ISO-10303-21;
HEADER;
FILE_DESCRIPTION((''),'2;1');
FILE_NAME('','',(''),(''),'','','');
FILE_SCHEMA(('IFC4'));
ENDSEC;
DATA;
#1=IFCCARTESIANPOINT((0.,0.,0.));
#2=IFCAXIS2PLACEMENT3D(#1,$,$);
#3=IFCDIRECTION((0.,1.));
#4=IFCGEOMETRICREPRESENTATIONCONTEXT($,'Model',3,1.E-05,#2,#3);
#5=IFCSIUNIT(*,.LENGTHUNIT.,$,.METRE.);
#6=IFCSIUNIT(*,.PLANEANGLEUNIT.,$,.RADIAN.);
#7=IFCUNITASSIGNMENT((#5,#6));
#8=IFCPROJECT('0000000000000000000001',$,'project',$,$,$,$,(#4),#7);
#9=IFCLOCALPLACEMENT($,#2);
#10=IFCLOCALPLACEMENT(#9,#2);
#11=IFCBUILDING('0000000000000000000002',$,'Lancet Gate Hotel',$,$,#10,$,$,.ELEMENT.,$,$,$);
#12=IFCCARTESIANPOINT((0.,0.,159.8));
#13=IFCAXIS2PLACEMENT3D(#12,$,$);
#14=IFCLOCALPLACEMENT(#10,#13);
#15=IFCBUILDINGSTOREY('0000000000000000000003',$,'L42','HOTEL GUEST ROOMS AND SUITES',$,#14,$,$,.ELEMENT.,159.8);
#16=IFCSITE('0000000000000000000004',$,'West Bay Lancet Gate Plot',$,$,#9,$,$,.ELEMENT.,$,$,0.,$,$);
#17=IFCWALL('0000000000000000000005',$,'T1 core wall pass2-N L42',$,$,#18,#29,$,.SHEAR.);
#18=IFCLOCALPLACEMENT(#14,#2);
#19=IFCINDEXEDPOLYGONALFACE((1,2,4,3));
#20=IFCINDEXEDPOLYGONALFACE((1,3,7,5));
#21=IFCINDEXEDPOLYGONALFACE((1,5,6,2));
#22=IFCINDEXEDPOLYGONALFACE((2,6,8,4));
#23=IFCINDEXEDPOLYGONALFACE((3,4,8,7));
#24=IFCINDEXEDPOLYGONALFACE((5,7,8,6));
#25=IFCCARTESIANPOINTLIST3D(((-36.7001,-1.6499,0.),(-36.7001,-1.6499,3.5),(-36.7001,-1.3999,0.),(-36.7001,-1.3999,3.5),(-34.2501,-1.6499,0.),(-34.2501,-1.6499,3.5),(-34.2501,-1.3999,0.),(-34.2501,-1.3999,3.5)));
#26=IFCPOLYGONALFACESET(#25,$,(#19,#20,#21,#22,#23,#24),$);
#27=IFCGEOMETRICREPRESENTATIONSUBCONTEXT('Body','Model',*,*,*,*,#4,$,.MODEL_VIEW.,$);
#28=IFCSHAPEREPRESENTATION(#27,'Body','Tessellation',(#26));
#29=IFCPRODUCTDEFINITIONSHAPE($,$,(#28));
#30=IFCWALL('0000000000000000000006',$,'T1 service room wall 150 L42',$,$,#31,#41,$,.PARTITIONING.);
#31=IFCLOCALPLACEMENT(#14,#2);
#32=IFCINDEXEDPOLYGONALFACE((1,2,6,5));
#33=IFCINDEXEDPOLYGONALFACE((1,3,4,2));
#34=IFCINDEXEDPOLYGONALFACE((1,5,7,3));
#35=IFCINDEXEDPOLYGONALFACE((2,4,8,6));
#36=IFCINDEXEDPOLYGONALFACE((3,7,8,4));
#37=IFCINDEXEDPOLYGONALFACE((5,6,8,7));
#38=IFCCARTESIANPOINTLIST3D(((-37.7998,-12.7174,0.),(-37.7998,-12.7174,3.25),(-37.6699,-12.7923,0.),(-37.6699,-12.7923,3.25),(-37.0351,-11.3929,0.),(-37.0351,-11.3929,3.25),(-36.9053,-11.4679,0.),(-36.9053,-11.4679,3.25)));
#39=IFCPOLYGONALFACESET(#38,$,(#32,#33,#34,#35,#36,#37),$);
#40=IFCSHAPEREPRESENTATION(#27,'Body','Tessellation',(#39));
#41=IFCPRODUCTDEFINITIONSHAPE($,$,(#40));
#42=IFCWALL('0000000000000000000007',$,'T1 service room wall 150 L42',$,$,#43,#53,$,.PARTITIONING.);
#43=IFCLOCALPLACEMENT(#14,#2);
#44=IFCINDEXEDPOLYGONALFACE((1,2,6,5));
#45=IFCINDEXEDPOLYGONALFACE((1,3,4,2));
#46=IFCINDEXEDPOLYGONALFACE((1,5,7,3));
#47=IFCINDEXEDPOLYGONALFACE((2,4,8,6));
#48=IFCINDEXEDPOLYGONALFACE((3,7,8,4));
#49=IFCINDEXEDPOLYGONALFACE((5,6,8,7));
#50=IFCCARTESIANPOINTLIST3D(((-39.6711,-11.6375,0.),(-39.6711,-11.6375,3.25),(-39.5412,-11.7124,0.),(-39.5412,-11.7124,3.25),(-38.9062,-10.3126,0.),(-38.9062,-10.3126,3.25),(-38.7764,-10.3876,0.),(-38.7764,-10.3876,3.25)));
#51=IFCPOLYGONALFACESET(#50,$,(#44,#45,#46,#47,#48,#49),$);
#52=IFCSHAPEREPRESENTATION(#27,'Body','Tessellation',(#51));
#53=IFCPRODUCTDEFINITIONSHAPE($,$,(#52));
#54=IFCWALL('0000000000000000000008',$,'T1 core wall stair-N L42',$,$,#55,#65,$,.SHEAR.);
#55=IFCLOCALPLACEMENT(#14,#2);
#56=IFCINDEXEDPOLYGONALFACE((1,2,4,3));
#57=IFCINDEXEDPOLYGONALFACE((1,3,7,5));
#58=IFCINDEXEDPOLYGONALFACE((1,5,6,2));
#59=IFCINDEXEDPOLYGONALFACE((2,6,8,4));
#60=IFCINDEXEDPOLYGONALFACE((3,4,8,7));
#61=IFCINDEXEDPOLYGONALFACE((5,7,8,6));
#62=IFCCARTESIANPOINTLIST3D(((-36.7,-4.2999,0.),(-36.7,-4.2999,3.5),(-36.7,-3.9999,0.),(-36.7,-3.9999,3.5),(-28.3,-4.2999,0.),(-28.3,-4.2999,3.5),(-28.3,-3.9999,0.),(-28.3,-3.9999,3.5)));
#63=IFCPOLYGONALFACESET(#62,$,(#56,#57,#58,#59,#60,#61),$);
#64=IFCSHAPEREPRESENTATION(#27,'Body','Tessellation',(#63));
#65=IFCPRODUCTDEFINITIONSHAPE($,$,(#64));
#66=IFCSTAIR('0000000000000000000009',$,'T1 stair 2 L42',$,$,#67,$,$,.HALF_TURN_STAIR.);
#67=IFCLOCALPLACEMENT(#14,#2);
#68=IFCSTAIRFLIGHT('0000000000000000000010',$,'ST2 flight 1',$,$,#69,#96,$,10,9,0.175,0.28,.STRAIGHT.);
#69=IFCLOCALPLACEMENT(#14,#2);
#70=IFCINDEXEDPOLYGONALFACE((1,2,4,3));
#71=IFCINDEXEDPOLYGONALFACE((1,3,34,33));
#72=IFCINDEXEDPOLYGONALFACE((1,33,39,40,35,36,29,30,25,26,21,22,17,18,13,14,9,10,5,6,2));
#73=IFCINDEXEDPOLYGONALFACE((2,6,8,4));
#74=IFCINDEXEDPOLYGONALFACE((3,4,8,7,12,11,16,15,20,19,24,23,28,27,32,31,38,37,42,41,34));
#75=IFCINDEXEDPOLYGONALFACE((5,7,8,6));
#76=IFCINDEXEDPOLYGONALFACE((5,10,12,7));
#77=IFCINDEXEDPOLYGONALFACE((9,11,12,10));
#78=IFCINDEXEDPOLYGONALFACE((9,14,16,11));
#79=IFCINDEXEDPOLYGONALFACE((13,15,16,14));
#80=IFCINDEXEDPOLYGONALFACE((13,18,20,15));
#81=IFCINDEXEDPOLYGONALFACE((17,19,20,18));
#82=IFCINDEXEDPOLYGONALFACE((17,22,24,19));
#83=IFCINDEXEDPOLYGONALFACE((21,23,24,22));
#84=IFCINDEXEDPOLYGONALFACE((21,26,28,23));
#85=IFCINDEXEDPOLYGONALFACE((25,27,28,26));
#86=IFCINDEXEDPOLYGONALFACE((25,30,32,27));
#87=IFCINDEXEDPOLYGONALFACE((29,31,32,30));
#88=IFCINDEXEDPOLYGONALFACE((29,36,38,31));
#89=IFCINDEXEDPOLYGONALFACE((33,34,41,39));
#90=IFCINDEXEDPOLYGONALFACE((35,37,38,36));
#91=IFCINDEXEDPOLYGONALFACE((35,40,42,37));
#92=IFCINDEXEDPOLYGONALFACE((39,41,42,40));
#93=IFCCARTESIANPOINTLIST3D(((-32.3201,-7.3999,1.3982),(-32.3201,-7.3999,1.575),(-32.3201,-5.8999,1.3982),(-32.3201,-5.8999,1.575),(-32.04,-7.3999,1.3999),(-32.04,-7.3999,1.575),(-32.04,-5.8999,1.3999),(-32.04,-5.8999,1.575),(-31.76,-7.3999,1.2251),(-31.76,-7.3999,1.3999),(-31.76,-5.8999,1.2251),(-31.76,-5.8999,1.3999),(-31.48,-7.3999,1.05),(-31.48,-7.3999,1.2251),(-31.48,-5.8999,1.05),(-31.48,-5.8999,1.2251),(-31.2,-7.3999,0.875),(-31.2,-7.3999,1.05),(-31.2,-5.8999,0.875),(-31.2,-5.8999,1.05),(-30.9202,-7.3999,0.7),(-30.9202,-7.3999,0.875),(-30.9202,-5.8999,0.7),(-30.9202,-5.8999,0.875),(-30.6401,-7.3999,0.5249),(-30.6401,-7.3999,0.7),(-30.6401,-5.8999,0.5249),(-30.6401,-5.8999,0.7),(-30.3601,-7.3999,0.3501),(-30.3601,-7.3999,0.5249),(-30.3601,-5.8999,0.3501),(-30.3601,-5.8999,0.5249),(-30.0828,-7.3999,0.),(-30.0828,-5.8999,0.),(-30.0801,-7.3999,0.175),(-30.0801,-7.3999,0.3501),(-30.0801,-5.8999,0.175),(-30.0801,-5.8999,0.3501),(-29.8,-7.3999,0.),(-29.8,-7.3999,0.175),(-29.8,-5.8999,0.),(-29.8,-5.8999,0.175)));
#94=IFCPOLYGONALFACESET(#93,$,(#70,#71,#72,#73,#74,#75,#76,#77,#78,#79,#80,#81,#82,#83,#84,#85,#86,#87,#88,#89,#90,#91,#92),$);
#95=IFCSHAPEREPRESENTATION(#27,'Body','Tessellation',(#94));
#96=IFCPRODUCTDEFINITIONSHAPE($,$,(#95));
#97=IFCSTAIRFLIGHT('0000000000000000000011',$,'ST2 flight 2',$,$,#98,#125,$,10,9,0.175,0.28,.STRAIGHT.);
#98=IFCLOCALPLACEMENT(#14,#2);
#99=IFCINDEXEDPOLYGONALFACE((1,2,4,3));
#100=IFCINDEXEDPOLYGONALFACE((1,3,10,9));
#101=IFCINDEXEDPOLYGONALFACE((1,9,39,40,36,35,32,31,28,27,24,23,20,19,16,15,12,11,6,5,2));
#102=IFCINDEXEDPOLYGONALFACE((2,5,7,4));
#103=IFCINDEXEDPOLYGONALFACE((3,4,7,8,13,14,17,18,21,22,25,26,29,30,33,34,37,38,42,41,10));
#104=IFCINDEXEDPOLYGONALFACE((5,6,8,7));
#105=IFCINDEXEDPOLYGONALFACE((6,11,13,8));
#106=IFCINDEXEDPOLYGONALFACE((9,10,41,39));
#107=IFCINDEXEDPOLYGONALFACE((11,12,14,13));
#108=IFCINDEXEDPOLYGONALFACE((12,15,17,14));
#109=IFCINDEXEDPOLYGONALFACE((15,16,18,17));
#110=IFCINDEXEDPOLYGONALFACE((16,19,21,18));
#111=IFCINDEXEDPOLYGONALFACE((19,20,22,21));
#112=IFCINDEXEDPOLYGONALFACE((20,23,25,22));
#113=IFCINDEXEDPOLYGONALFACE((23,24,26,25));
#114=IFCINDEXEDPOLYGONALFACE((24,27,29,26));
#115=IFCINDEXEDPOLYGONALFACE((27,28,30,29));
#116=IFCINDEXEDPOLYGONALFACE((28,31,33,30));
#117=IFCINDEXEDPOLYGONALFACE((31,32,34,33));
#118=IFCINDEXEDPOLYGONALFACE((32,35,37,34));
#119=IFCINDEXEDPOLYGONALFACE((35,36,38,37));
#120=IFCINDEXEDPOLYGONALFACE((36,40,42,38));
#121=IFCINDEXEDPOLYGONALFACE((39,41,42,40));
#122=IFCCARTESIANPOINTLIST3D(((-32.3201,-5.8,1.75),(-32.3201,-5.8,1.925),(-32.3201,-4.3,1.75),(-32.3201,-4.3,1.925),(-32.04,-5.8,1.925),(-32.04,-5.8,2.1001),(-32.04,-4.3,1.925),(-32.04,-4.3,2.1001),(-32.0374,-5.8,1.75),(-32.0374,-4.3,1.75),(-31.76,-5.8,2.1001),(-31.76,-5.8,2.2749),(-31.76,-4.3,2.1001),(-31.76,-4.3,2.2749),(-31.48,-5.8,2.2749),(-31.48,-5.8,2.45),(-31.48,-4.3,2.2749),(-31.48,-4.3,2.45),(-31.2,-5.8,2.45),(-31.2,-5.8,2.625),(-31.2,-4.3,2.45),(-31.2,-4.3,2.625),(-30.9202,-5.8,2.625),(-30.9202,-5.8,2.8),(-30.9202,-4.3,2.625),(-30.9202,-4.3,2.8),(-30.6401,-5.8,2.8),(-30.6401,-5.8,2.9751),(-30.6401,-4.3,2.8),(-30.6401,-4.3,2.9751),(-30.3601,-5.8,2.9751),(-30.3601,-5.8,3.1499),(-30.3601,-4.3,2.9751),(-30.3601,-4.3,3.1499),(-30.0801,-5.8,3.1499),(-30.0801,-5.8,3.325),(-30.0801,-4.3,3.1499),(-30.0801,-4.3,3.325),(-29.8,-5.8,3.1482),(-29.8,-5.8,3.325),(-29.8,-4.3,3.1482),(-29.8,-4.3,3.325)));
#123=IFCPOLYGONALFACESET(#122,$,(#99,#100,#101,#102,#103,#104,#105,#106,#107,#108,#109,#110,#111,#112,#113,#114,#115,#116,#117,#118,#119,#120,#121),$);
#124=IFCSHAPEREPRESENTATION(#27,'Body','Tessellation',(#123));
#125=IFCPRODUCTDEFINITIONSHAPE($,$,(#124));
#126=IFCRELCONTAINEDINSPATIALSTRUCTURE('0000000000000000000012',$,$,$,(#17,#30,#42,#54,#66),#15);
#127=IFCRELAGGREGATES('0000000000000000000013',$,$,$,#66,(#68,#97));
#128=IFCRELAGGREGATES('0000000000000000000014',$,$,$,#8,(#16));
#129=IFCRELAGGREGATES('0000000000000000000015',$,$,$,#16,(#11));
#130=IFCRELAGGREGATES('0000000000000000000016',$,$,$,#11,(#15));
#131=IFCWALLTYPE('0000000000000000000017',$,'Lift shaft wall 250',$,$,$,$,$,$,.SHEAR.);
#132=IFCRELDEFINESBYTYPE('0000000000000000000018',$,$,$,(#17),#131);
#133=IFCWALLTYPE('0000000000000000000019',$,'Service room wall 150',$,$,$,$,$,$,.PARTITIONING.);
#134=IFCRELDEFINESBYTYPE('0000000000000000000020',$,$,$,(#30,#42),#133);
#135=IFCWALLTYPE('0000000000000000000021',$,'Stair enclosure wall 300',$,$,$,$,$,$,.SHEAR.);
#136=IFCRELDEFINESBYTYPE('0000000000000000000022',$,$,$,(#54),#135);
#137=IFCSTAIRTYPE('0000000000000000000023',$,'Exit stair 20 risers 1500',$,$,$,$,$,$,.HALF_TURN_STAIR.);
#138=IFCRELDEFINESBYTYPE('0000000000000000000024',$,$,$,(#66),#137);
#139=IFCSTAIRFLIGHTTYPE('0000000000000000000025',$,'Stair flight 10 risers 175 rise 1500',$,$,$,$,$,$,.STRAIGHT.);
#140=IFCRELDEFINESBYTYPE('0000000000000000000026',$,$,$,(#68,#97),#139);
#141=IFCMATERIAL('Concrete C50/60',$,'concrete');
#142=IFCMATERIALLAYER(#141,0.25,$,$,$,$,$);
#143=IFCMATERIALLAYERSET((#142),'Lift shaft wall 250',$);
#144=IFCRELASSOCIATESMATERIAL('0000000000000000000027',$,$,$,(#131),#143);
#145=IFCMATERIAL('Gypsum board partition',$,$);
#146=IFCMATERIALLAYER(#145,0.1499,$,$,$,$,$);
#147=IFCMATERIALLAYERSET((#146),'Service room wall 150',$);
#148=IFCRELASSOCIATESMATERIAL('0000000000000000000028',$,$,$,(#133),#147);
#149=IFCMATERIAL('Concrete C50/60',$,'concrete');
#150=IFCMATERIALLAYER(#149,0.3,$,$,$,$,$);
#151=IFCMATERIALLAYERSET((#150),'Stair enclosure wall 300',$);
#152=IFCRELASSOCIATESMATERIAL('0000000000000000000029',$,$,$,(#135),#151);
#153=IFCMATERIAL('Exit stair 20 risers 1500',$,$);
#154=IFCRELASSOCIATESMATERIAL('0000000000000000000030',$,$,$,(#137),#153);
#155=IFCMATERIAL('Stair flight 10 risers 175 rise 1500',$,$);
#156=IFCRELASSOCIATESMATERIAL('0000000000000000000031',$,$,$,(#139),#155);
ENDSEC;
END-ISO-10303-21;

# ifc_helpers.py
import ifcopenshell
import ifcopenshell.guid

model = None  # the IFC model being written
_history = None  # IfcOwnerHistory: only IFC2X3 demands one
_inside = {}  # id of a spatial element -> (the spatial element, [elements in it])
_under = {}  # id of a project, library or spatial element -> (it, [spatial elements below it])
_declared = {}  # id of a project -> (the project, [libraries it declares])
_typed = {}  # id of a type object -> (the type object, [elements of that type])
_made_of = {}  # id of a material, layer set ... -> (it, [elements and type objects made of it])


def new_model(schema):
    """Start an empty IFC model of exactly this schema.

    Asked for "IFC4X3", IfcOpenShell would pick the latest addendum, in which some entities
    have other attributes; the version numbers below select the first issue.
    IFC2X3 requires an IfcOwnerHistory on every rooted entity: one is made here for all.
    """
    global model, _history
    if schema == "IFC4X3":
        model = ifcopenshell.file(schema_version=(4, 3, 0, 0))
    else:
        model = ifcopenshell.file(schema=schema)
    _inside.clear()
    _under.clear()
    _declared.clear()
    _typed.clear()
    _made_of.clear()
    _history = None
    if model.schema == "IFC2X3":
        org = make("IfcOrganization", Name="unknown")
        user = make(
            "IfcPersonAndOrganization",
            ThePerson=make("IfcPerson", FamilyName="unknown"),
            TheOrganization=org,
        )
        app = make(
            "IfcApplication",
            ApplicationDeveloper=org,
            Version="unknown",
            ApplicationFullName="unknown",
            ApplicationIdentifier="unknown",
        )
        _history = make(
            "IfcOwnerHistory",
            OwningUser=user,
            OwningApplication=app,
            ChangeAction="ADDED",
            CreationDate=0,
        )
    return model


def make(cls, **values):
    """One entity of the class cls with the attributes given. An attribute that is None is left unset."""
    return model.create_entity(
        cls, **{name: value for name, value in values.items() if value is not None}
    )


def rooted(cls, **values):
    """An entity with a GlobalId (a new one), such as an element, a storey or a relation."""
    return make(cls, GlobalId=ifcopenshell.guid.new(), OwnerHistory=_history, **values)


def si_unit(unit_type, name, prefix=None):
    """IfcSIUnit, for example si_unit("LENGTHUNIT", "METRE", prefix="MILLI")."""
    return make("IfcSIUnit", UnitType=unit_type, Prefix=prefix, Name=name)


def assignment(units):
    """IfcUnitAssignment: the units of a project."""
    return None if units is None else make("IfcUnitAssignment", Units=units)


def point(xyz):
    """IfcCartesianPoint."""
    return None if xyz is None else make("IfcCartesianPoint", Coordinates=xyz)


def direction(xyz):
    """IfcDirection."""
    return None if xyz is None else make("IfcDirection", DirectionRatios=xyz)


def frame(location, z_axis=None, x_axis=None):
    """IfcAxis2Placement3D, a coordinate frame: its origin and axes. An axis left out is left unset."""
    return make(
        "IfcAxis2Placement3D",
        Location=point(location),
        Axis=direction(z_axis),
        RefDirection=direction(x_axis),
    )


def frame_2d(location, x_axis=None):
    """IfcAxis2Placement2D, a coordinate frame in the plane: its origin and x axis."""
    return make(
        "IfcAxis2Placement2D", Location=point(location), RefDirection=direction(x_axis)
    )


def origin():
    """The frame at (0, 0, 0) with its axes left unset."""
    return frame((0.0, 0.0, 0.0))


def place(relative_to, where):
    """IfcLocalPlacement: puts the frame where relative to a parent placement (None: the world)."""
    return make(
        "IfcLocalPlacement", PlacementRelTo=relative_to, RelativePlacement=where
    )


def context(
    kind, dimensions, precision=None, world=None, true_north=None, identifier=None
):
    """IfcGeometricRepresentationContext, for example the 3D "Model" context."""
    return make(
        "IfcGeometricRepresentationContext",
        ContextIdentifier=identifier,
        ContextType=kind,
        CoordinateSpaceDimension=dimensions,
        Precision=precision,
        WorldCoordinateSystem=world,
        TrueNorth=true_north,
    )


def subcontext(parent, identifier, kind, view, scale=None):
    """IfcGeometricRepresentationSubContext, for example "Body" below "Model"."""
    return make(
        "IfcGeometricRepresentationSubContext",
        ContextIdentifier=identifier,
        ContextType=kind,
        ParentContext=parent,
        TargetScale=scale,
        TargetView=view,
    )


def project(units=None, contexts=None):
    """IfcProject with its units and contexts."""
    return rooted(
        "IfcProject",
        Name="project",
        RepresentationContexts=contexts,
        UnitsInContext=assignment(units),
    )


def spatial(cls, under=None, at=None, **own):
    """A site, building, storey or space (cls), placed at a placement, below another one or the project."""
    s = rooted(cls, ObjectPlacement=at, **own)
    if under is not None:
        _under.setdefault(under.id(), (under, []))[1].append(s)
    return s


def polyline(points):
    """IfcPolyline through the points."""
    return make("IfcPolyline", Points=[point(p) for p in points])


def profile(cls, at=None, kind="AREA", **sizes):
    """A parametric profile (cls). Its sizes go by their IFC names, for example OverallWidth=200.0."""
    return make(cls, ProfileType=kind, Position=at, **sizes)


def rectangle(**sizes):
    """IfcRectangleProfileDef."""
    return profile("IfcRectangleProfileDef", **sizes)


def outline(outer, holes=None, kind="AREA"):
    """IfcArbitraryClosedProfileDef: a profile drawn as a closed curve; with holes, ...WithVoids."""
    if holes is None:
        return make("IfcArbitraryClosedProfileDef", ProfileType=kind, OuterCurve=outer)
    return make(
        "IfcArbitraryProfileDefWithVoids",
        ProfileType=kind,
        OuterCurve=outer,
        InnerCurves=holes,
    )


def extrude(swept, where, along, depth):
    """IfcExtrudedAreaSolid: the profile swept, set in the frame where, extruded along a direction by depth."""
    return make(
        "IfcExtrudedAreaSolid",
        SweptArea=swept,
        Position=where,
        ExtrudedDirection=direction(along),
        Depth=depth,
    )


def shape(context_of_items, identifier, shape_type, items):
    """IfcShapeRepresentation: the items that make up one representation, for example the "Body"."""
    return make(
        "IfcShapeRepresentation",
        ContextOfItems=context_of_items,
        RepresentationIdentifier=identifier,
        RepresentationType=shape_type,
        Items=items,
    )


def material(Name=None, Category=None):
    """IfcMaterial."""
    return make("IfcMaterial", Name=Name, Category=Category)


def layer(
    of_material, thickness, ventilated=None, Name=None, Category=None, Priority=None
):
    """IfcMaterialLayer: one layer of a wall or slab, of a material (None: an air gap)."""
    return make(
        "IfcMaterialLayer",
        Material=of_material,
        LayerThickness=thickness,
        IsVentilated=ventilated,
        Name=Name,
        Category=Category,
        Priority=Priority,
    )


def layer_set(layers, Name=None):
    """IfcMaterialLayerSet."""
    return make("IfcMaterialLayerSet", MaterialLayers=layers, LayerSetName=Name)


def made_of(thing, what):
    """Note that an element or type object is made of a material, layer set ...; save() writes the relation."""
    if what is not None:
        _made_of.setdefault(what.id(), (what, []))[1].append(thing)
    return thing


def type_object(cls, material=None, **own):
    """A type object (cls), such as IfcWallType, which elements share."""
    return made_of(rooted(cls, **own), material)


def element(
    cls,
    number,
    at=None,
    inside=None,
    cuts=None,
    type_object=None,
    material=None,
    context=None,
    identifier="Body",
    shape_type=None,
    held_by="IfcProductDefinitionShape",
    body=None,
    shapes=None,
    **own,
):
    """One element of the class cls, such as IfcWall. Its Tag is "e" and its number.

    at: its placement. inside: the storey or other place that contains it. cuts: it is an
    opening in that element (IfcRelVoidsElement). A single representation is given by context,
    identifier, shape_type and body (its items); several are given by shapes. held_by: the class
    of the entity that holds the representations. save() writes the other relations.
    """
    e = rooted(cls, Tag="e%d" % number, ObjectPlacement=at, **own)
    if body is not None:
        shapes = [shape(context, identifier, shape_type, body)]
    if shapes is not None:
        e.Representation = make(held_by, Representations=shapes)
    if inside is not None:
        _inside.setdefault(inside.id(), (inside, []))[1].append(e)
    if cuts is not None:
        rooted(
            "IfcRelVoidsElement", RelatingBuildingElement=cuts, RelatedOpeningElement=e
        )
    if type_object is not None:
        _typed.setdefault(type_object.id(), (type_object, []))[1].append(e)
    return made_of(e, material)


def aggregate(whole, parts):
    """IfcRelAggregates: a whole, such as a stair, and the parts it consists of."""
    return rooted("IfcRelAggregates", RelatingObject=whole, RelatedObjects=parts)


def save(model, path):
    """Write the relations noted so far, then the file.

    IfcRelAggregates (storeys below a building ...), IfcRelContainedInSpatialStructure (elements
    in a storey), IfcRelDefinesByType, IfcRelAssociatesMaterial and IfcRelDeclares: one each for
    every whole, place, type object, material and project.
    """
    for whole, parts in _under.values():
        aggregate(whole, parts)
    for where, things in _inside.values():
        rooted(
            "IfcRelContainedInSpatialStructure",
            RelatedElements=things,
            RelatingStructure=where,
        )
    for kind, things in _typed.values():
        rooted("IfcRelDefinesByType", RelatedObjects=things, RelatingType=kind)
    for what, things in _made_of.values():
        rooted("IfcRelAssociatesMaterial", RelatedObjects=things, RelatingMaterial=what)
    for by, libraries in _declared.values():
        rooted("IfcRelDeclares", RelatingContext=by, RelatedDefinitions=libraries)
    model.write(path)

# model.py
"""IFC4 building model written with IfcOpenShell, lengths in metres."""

from ifc_helpers import new_model, si_unit, direction, frame, frame_2d, origin, place, context, subcontext, project, spatial, polyline, rectangle, outline, extrude, material, layer, layer_set, type_object, element, aggregate, save


model = new_model("IFC4")

# Units and contexts
model_context = context("Model", 3, precision=1e-05, world=origin(), true_north=direction((0.0, 1.0)))
body_context = subcontext(model_context, "Body", "Model", "MODEL_VIEW")
ifc_project = project(units=[si_unit("LENGTHUNIT", "METRE"), si_unit("PLANEANGLEUNIT", "RADIAN")], contexts=[model_context])

# Site, building, storey
site_placement = place(None, origin())
site = spatial("IfcSite", under=ifc_project, at=site_placement, Name="West Bay Lancet Gate Plot", CompositionType="ELEMENT", RefElevation=0.0)
building_placement = place(site_placement, origin())
building = spatial("IfcBuilding", under=site, at=building_placement, Name="Lancet Gate Hotel", CompositionType="ELEMENT")
storey_placement = place(building_placement, frame((0.0, 0.0, 159.8)))
storey = spatial("IfcBuildingStorey", under=building, at=storey_placement, Name="L42", Description="HOTEL GUEST ROOMS AND SUITES", CompositionType="ELEMENT", Elevation=159.8)

# Shared definitions
ifc_material_1 = material(Name="Concrete C50/60", Category="concrete")
ifc_layer_1 = layer(ifc_material_1, 0.25)
ifc_layer_set_1 = layer_set([ifc_layer_1], Name="Lift shaft wall 250")
wall_type_1 = type_object("IfcWallType", Name="Lift shaft wall 250", PredefinedType="SHEAR", material=ifc_layer_set_1)

# Walls
wall_1_placement = place(storey_placement, frame((-34.25, -1.5249, 0.0), z_axis=(0.0, 0.0, 1.0), x_axis=(-1.0, 0.0, 0.0)))
element("IfcWall", 1, at=wall_1_placement, inside=storey, type_object=wall_type_1, Name="T1 core wall pass2-N L42", PredefinedType="SHEAR", context=body_context, shape_type="SweptSolid", body=[
    extrude(rectangle(XDim=2.45, YDim=0.25, at=frame_2d((1.2251, 0.0))), origin(), (0.0, 0.0, 1.0), 3.5),
])
ifc_material_2 = material(Name="Gypsum board partition")
ifc_layer_2 = layer(ifc_material_2, 0.1499)
ifc_layer_set_2 = layer_set([ifc_layer_2], Name="Service room wall 150")
wall_type_2 = type_object("IfcWallType", Name="Service room wall 150", PredefinedType="PARTITIONING", material=ifc_layer_set_2)
wall_2_placement = place(storey_placement, frame((-36.9702, -11.4304, 0.0), z_axis=(0.0, 0.0, 1.0), x_axis=(-0.499985, -0.866034, 0.0)))
element("IfcWall", 2, at=wall_2_placement, inside=storey, type_object=wall_type_2, Name="T1 service room wall 150 L42", PredefinedType="PARTITIONING", context=body_context, shape_type="SweptSolid", body=[
    extrude(rectangle(XDim=1.5293, YDim=0.1499, at=frame_2d((0.7646, 0.0))), origin(), (0.0, 0.0, 1.0), 3.25),
])
wall_3_placement = place(storey_placement, frame((-38.8413, -10.3501, 0.0), z_axis=(0.0, 0.0, 1.0), x_axis=(-0.499966, -0.866045, 0.0)))
element("IfcWall", 3, at=wall_3_placement, inside=storey, type_object=wall_type_2, Name="T1 service room wall 150 L42", PredefinedType="PARTITIONING", context=body_context, shape_type="SweptSolid", body=[
    extrude(rectangle(XDim=1.5298, YDim=0.1499, at=frame_2d((0.7649, 0.0))), origin(), (0.0, 0.0, 1.0), 3.25),
])
ifc_material_3 = material(Name="Concrete C50/60", Category="concrete")
ifc_layer_3 = layer(ifc_material_3, 0.3)
ifc_layer_set_3 = layer_set([ifc_layer_3], Name="Stair enclosure wall 300")
wall_type_3 = type_object("IfcWallType", Name="Stair enclosure wall 300", PredefinedType="SHEAR", material=ifc_layer_set_3)
wall_4_placement = place(storey_placement, frame((-28.3, -4.1499, 0.0), z_axis=(0.0, 0.0, 1.0), x_axis=(-1.0, 0.0, 0.0)))
element("IfcWall", 4, at=wall_4_placement, inside=storey, type_object=wall_type_3, Name="T1 core wall stair-N L42", PredefinedType="SHEAR", context=body_context, shape_type="SweptSolid", body=[
    extrude(rectangle(XDim=8.3999, YDim=0.3, at=frame_2d((4.2, 0.0))), origin(), (0.0, 0.0, 1.0), 3.5),
])

# Stair, stair flights
ifc_material_4 = material(Name="Exit stair 20 risers 1500")
stair_type = type_object("IfcStairType", Name="Exit stair 20 risers 1500", PredefinedType="HALF_TURN_STAIR", material=ifc_material_4)
stair_placement = place(storey_placement, origin())
stair = element("IfcStair", 5, at=stair_placement, inside=storey, type_object=stair_type, Name="T1 stair 2 L42", PredefinedType="HALF_TURN_STAIR")
ifc_material_5 = material(Name="Stair flight 10 risers 175 rise 1500")
stair_flight_type = type_object("IfcStairFlightType", Name="Stair flight 10 risers 175 rise 1500", PredefinedType="STRAIGHT", material=ifc_material_5)
stair_flight_1_placement = place(storey_placement, frame((-29.8, -6.6499, 0.0), z_axis=(0.0, 0.0, 1.0), x_axis=(-1.0, 0.0, 0.0)))
stair_flight_1 = element("IfcStairFlight", 6, at=stair_flight_1_placement, type_object=stair_flight_type, Name="ST2 flight 1", NumberOfRisers=10, NumberOfTreads=9, PredefinedType="STRAIGHT", RiserHeight=0.175, TreadLength=0.28, context=body_context, shape_type="SweptSolid", body=[
    extrude(outline(polyline([(0.0, 0.0), (0.0, 0.175), (0.28, 0.175), (0.28, 0.3501), (0.5601, 0.3501), (0.5601, 0.5249), (0.8401, 0.5249), (0.8401, 0.7), (1.1201, 0.7), (1.1201, 0.875), (1.3999, 0.875), (1.3999, 1.05), (1.6799, 1.05), (1.6799, 1.2251), (1.96, 1.2251), (1.96, 1.3999), (2.24, 1.3999), (2.24, 1.575), (2.52, 1.575), (2.52, 1.75), (2.52, 1.3982), (0.2827, 0.0), (0.0, 0.0)])), frame((0.0, 0.75, 0.0), z_axis=(0.0, -1.0, 0.0), x_axis=(1.0, 0.0, 0.0)), (0.0, 0.0, 1.0), 1.5),
])
stair_flight_2_placement = place(storey_placement, frame((-32.3201, -5.05, 1.75), z_axis=(0.0, 0.0, 1.0), x_axis=(1.0, 0.0, 0.0)))
stair_flight_2 = element("IfcStairFlight", 7, at=stair_flight_2_placement, type_object=stair_flight_type, Name="ST2 flight 2", NumberOfRisers=10, NumberOfTreads=9, PredefinedType="STRAIGHT", RiserHeight=0.175, TreadLength=0.28, context=body_context, shape_type="SweptSolid", body=[
    extrude(outline(polyline([(0.0, 0.0), (0.0, 0.175), (0.28, 0.175), (0.28, 0.3501), (0.5601, 0.3501), (0.5601, 0.5249), (0.8401, 0.5249), (0.8401, 0.7), (1.1201, 0.7), (1.1201, 0.875), (1.3999, 0.875), (1.3999, 1.05), (1.6799, 1.05), (1.6799, 1.2251), (1.96, 1.2251), (1.96, 1.3999), (2.24, 1.3999), (2.24, 1.575), (2.52, 1.575), (2.52, 1.75), (2.52, 1.3982), (0.2827, 0.0), (0.0, 0.0)])), frame((0.0, 0.75, 0.0), z_axis=(0.0, -1.0, 0.0), x_axis=(1.0, 0.0, 0.0)), (0.0, 0.0, 1.0), 1.5),
])
aggregate(stair, [stair_flight_1, stair_flight_2])

save(model, "model.ifc")
